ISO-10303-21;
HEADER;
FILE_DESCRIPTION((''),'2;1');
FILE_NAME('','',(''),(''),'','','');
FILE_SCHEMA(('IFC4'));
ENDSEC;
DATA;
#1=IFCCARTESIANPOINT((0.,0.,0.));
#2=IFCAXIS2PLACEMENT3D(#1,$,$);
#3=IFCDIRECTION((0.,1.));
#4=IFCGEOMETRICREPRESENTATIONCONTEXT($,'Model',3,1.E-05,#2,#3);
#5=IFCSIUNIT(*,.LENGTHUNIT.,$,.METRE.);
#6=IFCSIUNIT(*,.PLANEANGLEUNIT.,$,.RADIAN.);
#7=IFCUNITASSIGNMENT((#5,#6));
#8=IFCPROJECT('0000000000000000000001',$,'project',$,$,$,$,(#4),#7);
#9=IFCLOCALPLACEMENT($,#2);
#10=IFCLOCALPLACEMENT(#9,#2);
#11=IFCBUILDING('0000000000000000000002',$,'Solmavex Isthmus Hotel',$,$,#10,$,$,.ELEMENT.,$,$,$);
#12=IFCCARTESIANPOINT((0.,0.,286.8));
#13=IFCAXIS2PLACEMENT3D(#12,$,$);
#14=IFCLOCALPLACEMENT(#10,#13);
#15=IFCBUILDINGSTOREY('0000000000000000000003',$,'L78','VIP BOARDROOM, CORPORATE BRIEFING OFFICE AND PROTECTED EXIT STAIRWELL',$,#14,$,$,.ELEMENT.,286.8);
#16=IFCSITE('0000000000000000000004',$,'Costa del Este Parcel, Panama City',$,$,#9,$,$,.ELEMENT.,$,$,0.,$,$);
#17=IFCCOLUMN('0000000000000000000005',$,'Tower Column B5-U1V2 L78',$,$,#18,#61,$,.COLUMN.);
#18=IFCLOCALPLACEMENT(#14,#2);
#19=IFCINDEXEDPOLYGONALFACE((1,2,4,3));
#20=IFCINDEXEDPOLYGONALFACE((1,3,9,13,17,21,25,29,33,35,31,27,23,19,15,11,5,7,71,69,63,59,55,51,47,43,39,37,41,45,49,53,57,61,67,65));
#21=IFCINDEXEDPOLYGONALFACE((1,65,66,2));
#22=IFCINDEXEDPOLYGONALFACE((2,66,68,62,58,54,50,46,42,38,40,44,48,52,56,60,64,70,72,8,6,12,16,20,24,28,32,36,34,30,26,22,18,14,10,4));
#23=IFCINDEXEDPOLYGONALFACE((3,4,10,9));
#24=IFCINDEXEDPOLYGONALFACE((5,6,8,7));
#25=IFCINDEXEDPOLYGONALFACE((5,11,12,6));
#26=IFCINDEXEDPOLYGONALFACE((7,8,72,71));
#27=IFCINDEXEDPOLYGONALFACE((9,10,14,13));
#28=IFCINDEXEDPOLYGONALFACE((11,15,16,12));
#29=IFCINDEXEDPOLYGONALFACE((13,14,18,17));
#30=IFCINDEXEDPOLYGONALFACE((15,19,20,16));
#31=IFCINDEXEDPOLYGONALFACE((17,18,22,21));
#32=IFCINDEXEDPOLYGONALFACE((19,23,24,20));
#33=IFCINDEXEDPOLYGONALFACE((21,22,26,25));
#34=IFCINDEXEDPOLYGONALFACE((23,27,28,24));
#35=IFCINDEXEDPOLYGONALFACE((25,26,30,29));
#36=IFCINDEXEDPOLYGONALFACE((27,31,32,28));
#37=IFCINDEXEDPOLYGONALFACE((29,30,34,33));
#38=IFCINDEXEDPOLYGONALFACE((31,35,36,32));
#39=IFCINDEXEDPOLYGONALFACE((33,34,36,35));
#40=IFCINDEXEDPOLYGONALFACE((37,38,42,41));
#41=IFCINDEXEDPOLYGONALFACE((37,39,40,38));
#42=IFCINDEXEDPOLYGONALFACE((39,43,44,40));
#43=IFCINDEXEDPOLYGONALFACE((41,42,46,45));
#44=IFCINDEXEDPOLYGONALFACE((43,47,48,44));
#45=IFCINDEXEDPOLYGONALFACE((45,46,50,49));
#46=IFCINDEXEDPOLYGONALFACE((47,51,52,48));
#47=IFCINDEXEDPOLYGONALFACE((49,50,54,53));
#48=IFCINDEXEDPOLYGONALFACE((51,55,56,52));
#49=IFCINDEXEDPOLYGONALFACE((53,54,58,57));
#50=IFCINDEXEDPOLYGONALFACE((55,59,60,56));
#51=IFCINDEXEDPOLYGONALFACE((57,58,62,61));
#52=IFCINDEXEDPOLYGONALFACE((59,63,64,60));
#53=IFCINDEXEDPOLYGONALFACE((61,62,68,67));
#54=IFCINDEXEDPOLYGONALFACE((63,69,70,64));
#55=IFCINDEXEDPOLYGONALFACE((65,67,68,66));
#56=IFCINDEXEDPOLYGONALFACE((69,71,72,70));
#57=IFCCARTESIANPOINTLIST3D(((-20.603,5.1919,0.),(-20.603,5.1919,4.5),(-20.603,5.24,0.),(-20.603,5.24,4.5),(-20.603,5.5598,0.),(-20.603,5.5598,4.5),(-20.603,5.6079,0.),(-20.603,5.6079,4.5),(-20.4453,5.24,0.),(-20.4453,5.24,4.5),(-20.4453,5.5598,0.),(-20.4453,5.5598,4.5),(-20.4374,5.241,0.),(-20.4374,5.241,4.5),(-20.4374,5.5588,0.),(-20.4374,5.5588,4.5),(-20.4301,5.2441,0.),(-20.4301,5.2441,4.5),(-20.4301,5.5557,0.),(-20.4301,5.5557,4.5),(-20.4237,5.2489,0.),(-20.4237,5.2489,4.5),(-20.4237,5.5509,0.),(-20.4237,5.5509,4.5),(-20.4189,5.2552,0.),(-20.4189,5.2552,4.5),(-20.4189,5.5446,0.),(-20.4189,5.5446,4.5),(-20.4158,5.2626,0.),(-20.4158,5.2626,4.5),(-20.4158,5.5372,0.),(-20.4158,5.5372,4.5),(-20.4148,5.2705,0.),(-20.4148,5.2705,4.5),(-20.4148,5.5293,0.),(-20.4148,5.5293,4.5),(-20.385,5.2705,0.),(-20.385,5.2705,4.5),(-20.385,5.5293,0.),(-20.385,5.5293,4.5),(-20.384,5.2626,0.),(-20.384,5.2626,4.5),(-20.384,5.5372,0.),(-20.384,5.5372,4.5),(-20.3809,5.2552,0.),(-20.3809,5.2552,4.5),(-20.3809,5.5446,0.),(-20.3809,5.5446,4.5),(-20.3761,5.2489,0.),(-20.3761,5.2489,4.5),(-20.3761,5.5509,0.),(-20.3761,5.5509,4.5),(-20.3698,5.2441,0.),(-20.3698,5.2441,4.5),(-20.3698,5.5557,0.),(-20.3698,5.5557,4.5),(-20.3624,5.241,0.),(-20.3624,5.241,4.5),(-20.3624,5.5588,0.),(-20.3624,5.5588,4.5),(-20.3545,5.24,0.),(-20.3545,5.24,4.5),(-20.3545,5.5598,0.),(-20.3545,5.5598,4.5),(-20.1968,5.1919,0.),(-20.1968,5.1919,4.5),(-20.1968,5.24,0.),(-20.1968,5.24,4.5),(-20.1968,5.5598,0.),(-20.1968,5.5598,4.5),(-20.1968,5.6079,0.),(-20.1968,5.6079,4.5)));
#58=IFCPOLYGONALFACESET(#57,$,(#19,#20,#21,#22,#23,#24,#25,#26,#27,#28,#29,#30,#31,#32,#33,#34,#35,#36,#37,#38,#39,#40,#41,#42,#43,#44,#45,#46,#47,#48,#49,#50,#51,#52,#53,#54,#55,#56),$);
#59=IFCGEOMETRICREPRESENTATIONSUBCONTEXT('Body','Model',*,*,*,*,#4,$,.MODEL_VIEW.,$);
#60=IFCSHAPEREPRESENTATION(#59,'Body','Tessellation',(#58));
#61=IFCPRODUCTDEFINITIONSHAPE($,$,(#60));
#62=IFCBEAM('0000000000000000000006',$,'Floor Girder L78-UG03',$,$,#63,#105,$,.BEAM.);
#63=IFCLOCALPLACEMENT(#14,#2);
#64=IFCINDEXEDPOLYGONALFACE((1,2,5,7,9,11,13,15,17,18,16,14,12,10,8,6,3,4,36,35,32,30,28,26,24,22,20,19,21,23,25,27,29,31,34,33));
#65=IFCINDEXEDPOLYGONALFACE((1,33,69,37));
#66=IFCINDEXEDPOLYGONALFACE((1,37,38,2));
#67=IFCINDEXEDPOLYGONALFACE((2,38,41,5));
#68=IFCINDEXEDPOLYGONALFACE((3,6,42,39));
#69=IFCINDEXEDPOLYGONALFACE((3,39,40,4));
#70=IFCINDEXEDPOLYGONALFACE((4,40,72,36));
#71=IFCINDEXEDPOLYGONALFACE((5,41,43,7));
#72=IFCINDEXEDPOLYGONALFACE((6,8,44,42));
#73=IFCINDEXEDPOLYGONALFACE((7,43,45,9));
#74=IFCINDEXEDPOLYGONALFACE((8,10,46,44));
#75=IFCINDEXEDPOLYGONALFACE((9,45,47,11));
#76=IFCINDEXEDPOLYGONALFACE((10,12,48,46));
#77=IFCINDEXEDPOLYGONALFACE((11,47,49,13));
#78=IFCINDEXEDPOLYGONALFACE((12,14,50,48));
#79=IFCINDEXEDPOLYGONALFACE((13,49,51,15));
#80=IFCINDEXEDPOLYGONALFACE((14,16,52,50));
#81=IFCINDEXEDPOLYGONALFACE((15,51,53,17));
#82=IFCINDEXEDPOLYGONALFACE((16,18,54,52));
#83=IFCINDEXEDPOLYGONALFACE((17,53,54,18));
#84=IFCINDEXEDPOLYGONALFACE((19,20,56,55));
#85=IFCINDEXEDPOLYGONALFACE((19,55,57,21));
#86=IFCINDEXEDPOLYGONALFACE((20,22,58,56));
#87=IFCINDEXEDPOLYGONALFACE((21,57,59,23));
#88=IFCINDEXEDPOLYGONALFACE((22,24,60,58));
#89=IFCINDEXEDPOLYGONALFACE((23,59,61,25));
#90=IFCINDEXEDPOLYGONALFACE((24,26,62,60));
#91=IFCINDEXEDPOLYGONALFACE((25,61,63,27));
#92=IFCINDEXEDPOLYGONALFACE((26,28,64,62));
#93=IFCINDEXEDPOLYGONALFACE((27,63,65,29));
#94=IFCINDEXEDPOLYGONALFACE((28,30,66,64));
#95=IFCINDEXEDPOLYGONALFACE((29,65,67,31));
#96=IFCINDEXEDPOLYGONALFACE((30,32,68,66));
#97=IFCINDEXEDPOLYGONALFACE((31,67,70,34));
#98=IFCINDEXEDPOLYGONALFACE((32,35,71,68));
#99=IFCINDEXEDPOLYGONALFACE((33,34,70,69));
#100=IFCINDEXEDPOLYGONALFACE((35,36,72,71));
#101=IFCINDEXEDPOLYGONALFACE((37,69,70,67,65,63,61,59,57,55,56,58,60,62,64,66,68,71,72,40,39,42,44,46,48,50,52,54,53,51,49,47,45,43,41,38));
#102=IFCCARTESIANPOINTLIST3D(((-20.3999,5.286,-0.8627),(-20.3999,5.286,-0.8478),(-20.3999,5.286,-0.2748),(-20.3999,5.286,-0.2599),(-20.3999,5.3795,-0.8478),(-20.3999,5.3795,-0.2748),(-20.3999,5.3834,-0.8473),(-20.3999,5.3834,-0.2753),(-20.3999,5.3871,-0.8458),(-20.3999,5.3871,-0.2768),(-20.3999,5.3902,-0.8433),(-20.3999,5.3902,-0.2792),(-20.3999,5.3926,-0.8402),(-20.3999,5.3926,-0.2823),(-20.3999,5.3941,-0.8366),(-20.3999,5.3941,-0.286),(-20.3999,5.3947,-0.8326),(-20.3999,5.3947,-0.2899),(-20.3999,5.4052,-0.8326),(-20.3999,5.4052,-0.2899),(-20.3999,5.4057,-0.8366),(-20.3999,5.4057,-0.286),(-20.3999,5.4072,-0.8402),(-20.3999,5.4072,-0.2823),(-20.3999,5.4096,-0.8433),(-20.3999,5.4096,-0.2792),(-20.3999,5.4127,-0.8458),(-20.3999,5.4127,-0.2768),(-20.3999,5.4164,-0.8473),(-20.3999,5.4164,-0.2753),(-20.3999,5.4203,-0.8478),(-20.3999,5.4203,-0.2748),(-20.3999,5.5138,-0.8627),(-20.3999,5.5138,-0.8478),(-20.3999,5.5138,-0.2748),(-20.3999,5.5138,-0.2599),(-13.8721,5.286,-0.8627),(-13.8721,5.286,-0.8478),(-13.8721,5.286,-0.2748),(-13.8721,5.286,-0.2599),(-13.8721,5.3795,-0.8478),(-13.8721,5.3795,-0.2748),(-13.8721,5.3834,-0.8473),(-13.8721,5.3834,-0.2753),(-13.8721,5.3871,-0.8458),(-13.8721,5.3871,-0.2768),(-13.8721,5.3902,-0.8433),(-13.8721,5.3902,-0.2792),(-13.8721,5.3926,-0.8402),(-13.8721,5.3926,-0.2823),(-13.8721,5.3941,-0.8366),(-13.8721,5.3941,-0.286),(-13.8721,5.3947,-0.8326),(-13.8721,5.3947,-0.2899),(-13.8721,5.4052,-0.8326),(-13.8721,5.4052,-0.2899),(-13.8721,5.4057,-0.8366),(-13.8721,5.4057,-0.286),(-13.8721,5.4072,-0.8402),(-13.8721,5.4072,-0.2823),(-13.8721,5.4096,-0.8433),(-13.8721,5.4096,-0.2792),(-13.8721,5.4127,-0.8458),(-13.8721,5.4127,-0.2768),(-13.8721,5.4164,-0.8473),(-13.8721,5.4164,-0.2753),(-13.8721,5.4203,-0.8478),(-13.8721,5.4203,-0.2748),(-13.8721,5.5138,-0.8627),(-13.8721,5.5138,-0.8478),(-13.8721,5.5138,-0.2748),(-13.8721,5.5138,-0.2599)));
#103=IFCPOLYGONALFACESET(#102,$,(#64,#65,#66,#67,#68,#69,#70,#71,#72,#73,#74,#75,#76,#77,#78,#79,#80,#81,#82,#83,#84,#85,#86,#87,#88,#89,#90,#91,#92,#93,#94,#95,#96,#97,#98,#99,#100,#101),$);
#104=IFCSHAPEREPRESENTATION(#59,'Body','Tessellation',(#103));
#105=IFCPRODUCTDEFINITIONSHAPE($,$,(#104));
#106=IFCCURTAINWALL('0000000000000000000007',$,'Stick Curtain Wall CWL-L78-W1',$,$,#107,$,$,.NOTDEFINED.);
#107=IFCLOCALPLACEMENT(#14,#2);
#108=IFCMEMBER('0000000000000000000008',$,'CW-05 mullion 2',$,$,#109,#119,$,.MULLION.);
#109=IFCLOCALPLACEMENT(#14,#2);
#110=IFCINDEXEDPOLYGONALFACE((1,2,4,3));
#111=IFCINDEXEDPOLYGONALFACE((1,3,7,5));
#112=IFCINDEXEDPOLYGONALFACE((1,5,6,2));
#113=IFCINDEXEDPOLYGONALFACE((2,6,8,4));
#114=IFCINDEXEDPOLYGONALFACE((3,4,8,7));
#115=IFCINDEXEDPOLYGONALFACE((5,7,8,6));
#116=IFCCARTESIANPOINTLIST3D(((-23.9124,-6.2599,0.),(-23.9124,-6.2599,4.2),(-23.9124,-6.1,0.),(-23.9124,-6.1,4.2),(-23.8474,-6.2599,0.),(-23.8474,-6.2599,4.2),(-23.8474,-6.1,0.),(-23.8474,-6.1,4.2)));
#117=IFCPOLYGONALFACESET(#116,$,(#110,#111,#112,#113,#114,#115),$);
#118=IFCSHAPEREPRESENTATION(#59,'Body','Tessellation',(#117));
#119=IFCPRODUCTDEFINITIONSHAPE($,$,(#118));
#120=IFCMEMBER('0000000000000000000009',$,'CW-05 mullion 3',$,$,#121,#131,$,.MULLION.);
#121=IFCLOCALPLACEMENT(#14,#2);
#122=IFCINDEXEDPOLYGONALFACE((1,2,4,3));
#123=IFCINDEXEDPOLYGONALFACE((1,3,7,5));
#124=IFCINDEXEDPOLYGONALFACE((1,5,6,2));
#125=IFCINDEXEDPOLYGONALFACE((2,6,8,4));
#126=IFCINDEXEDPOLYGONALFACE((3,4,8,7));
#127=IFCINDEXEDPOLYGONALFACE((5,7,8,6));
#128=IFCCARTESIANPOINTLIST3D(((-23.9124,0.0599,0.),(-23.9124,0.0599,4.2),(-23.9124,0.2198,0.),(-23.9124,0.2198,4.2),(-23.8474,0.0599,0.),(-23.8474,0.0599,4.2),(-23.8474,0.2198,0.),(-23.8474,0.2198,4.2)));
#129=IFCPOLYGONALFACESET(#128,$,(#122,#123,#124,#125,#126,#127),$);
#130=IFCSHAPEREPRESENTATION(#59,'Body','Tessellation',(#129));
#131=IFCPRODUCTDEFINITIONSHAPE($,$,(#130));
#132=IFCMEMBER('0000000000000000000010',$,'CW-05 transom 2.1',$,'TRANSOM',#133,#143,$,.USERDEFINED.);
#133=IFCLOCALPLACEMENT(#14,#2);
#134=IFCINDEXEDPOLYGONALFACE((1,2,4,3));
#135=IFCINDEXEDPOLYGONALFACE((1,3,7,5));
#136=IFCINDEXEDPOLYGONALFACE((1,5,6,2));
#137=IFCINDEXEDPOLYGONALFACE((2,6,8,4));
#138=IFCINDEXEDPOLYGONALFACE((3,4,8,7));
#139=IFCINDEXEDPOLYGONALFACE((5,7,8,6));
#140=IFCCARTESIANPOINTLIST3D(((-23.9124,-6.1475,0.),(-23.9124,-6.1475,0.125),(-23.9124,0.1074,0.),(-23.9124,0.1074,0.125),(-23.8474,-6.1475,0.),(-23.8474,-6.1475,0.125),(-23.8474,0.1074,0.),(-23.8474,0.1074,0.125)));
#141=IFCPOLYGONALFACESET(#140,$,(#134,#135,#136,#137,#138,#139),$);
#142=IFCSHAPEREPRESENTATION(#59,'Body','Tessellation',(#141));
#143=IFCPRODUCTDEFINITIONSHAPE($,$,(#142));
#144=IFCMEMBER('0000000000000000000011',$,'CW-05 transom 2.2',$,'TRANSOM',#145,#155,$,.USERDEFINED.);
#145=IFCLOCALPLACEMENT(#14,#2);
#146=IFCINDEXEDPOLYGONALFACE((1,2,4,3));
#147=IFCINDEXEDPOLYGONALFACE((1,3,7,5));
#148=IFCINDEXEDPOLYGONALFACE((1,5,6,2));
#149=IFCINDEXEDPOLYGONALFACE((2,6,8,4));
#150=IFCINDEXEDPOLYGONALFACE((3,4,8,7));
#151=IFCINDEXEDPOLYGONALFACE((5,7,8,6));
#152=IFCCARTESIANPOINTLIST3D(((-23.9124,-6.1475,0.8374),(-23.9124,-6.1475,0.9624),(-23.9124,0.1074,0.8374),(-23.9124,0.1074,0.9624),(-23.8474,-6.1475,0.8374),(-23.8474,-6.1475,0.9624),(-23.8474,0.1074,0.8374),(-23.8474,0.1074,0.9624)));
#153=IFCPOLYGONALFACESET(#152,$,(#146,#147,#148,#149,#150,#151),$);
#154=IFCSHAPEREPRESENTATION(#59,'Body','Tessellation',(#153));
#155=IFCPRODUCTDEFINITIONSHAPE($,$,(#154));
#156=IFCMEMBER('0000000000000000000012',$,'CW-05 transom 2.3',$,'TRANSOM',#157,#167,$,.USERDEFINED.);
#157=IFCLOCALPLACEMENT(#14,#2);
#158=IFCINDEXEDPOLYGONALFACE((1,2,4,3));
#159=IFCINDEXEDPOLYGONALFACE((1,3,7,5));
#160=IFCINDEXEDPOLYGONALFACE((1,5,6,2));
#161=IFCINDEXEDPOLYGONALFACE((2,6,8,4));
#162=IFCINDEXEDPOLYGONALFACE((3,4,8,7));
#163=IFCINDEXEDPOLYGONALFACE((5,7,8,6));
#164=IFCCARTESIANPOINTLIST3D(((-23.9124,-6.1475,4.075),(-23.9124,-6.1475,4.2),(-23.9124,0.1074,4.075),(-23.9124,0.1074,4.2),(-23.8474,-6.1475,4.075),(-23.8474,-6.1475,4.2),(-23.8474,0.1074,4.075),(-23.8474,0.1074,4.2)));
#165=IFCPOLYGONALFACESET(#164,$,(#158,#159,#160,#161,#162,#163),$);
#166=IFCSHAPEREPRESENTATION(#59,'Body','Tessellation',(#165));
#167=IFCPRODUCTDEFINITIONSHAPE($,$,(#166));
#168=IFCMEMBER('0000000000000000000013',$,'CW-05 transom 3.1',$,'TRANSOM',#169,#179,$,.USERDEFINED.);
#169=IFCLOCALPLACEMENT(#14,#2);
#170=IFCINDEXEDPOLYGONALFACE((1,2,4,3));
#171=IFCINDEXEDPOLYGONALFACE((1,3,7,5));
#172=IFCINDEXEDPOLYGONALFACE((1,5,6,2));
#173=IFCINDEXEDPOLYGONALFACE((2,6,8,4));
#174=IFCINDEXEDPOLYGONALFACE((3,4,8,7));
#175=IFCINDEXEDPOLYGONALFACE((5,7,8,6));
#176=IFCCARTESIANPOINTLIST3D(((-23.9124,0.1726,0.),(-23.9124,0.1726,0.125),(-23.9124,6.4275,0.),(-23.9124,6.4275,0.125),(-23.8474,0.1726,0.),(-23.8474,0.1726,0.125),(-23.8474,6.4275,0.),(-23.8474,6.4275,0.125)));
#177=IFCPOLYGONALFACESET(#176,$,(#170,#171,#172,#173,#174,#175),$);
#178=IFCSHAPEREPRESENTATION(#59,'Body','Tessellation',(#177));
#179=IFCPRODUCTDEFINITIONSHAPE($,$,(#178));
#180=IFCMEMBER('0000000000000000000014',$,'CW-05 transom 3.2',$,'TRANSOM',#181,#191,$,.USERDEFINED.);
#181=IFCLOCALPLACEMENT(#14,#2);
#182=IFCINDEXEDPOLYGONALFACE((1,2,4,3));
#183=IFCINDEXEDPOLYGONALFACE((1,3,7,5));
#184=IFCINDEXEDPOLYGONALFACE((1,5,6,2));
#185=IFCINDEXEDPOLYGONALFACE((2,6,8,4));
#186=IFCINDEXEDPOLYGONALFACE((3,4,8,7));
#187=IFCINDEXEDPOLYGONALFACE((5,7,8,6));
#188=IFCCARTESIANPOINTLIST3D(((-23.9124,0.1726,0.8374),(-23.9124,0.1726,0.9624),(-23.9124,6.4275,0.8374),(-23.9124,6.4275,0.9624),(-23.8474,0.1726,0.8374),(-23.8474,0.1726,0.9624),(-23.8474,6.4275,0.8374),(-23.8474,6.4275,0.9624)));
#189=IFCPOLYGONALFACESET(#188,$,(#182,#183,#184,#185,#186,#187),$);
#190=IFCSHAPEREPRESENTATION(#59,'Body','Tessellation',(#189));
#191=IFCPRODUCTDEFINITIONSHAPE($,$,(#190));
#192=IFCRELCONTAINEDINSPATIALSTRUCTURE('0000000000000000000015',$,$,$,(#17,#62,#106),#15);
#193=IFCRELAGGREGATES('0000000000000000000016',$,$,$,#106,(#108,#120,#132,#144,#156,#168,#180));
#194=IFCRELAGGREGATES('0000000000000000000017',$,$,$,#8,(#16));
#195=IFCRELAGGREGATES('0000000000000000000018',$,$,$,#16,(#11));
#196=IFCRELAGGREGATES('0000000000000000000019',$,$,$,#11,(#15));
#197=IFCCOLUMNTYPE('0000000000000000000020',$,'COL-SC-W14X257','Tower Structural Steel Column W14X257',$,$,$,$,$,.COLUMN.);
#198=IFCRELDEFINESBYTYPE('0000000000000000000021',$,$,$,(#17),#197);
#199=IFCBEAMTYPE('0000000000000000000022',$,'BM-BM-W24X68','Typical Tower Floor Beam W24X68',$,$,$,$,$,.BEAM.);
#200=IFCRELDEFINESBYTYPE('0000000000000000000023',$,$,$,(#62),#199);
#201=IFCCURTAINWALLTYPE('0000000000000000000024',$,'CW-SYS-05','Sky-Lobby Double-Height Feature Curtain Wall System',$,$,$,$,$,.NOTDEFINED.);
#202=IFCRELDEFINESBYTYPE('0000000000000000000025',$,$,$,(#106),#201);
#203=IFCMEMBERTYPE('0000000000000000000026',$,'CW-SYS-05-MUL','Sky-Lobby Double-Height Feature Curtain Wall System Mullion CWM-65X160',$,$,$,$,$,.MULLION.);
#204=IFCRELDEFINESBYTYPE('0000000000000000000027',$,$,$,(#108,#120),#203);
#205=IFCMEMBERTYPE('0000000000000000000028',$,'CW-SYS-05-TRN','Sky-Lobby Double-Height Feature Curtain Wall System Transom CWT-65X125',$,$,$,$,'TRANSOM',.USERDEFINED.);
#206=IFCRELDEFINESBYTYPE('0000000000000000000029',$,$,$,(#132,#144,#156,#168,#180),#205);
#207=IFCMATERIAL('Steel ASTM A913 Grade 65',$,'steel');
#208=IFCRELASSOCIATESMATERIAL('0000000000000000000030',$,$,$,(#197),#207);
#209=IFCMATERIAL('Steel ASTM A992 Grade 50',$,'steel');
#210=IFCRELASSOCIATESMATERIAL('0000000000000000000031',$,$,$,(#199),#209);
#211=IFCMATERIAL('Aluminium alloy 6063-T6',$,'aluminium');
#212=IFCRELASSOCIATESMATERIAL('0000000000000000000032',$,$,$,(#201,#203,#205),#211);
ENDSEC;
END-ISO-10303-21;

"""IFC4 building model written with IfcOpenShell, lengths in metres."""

from ifc_helpers import new_model, si_unit, direction, frame, origin, origin_2d, place, context, subcontext, project, spatial, rectangle, i_section, extrude, material, material_profile, profile_set, type_object, element, aggregate, save


model = new_model("IFC4")

# Units and contexts
model_context = context("Model", 3, precision=1e-05, world=origin(), true_north=direction((0.0, 1.0)))
body_context = subcontext(model_context, "Body", "Model", "MODEL_VIEW")
ifc_project = project(units=[si_unit("LENGTHUNIT", "METRE"), si_unit("PLANEANGLEUNIT", "RADIAN")], contexts=[model_context])

# Site, building, storey
site_placement = place(None, origin())
site = spatial("IfcSite", under=ifc_project, at=site_placement, Name="Costa del Este Parcel, Panama City", CompositionType="ELEMENT", RefElevation=0.0)
building_placement = place(site_placement, origin())
building = spatial("IfcBuilding", under=site, at=building_placement, Name="Solmavex Isthmus Hotel", CompositionType="ELEMENT")
storey_placement = place(building_placement, frame((0.0, 0.0, 286.8)))
storey = spatial("IfcBuildingStorey", under=building, at=storey_placement, Name="L78", Description="VIP BOARDROOM, CORPORATE BRIEFING OFFICE AND PROTECTED EXIT STAIRWELL", CompositionType="ELEMENT", Elevation=286.8)

# Column
ifc_material_1 = material(Name="Steel ASTM A913 Grade 65", Category="steel")
ifc_material_profile_1 = material_profile(ifc_material_1, i_section(OverallWidth=0.4062, OverallDepth=0.416, WebThickness=0.0298, FlangeThickness=0.0481, FilletRadius=0.0305, at=origin_2d()), Name="W14X257")
ifc_profile_set_1 = profile_set([ifc_material_profile_1], Name="Steel ASTM A913 Grade 65")
column_type = type_object("IfcColumnType", Name="COL-SC-W14X257", Description="Tower Structural Steel Column W14X257", PredefinedType="COLUMN", material=ifc_profile_set_1)
column_placement = place(storey_placement, frame((-20.3999, 5.3999, 0.0), z_axis=(0.0, 0.0, 1.0), x_axis=(1.0, 0.0, 0.0)))
element("IfcColumn", 1, at=column_placement, inside=storey, type_object=column_type, Name="Tower Column B5-U1V2 L78", PredefinedType="COLUMN", context=body_context, shape_type="SweptSolid", body=[
    extrude(i_section(OverallWidth=0.4062, OverallDepth=0.416, WebThickness=0.0298, FlangeThickness=0.0481, FilletRadius=0.0305, at=origin_2d()), origin(), (0.0, 0.0, 1.0), 4.5),
])

# Beam
ifc_material_2 = material(Name="Steel ASTM A992 Grade 50", Category="steel")
ifc_material_profile_2 = material_profile(ifc_material_2, i_section(OverallWidth=0.2278, OverallDepth=0.6028, WebThickness=0.0105, FlangeThickness=0.0149, FilletRadius=0.0151, at=origin_2d()), Name="W24X68")
ifc_profile_set_2 = profile_set([ifc_material_profile_2], Name="Steel ASTM A992 Grade 50")
beam_type = type_object("IfcBeamType", Name="BM-BM-W24X68", Description="Typical Tower Floor Beam W24X68", PredefinedType="BEAM", material=ifc_profile_set_2)
beam_placement = place(storey_placement, frame((-20.3999, 5.3999, -0.5613), z_axis=(1.0, 0.0, 0.0), x_axis=(0.0, 1.0, 0.0)))
element("IfcBeam", 2, at=beam_placement, inside=storey, type_object=beam_type, Name="Floor Girder L78-UG03", PredefinedType="BEAM", context=body_context, shape_type="SweptSolid", body=[
    extrude(i_section(OverallWidth=0.2278, OverallDepth=0.6028, WebThickness=0.0105, FlangeThickness=0.0149, FilletRadius=0.0151, at=origin_2d()), origin(), (0.0, 0.0, 1.0), 6.5278),
])

# Curtain wall, members
ifc_material_3 = material(Name="Aluminium alloy 6063-T6", Category="aluminium")
curtain_wall_type = type_object("IfcCurtainWallType", Name="CW-SYS-05", Description="Sky-Lobby Double-Height Feature Curtain Wall System", PredefinedType="NOTDEFINED", material=ifc_material_3)
curtain_wall_placement = place(storey_placement, origin())
curtain_wall = element("IfcCurtainWall", 3, at=curtain_wall_placement, inside=storey, type_object=curtain_wall_type, Name="Stick Curtain Wall CWL-L78-W1", PredefinedType="NOTDEFINED")
ifc_material_profile_3 = material_profile(ifc_material_3, rectangle(XDim=0.0649, YDim=0.1599, at=origin_2d()), Name="CWM-65X160")
ifc_profile_set_3 = profile_set([ifc_material_profile_3], Name="Aluminium alloy 6063-T6")
member_type_1 = type_object("IfcMemberType", Name="CW-SYS-05-MUL", Description="Sky-Lobby Double-Height Feature Curtain Wall System Mullion CWM-65X160", PredefinedType="MULLION", material=ifc_profile_set_3)
member_1_placement = place(storey_placement, frame((-23.8799, -6.1799, 0.0), z_axis=(0.0, 0.0, 1.0), x_axis=(-1.0, 0.0, 0.0)))
member_1 = element("IfcMember", 4, at=member_1_placement, type_object=member_type_1, Name="CW-05 mullion 2", PredefinedType="MULLION", context=body_context, shape_type="SweptSolid", body=[
    extrude(rectangle(XDim=0.0649, YDim=0.1599, at=origin_2d()), origin(), (0.0, 0.0, 1.0), 4.2),
])
member_2_placement = place(storey_placement, frame((-23.8799, 0.1399, 0.0), z_axis=(0.0, 0.0, 1.0), x_axis=(-1.0, 0.0, 0.0)))
member_2 = element("IfcMember", 5, at=member_2_placement, type_object=member_type_1, Name="CW-05 mullion 3", PredefinedType="MULLION", context=body_context, shape_type="SweptSolid", body=[
    extrude(rectangle(XDim=0.0649, YDim=0.1599, at=origin_2d()), origin(), (0.0, 0.0, 1.0), 4.2),
])
ifc_material_profile_4 = material_profile(ifc_material_3, rectangle(XDim=0.0649, YDim=0.125, at=origin_2d()), Name="CWT-65X125")
ifc_profile_set_4 = profile_set([ifc_material_profile_4], Name="Aluminium alloy 6063-T6")
member_type_2 = type_object("IfcMemberType", Name="CW-SYS-05-TRN", Description="Sky-Lobby Double-Height Feature Curtain Wall System Transom CWT-65X125", ElementType="TRANSOM", PredefinedType="USERDEFINED", material=ifc_profile_set_4)
member_3_placement = place(storey_placement, frame((-23.8799, -6.1475, 0.0625), z_axis=(0.0, 1.0, 0.0), x_axis=(-1.0, 0.0, 0.0)))
member_3 = element("IfcMember", 6, at=member_3_placement, type_object=member_type_2, Name="CW-05 transom 2.1", ObjectType="TRANSOM", PredefinedType="USERDEFINED", context=body_context, shape_type="SweptSolid", body=[
    extrude(rectangle(XDim=0.0649, YDim=0.125, at=origin_2d()), origin(), (0.0, 0.0, 1.0), 6.2549),
])
member_4_placement = place(storey_placement, frame((-23.8799, -6.1475, 0.8999), z_axis=(0.0, 1.0, 0.0), x_axis=(-1.0, 0.0, 0.0)))
member_4 = element("IfcMember", 7, at=member_4_placement, type_object=member_type_2, Name="CW-05 transom 2.2", ObjectType="TRANSOM", PredefinedType="USERDEFINED", context=body_context, shape_type="SweptSolid", body=[
    extrude(rectangle(XDim=0.0649, YDim=0.125, at=origin_2d()), origin(), (0.0, 0.0, 1.0), 6.2549),
])
member_5_placement = place(storey_placement, frame((-23.8799, -6.1475, 4.1375), z_axis=(0.0, 1.0, 0.0), x_axis=(-1.0, 0.0, 0.0)))
member_5 = element("IfcMember", 8, at=member_5_placement, type_object=member_type_2, Name="CW-05 transom 2.3", ObjectType="TRANSOM", PredefinedType="USERDEFINED", context=body_context, shape_type="SweptSolid", body=[
    extrude(rectangle(XDim=0.0649, YDim=0.125, at=origin_2d()), origin(), (0.0, 0.0, 1.0), 6.2549),
])
member_6_placement = place(storey_placement, frame((-23.8799, 0.1726, 0.0625), z_axis=(0.0, 1.0, 0.0), x_axis=(-1.0, 0.0, 0.0)))
member_6 = element("IfcMember", 9, at=member_6_placement, type_object=member_type_2, Name="CW-05 transom 3.1", ObjectType="TRANSOM", PredefinedType="USERDEFINED", context=body_context, shape_type="SweptSolid", body=[
    extrude(rectangle(XDim=0.0649, YDim=0.125, at=origin_2d()), origin(), (0.0, 0.0, 1.0), 6.2549),
])
member_7_placement = place(storey_placement, frame((-23.8799, 0.1726, 0.8999), z_axis=(0.0, 1.0, 0.0), x_axis=(-1.0, 0.0, 0.0)))
member_7 = element("IfcMember", 10, at=member_7_placement, type_object=member_type_2, Name="CW-05 transom 3.2", ObjectType="TRANSOM", PredefinedType="USERDEFINED", context=body_context, shape_type="SweptSolid", body=[
    extrude(rectangle(XDim=0.0649, YDim=0.125, at=origin_2d()), origin(), (0.0, 0.0, 1.0), 6.2549),
])
aggregate(curtain_wall, [member_1, member_2, member_3, member_4, member_5, member_6, member_7])

save(model, "model.ifc")
